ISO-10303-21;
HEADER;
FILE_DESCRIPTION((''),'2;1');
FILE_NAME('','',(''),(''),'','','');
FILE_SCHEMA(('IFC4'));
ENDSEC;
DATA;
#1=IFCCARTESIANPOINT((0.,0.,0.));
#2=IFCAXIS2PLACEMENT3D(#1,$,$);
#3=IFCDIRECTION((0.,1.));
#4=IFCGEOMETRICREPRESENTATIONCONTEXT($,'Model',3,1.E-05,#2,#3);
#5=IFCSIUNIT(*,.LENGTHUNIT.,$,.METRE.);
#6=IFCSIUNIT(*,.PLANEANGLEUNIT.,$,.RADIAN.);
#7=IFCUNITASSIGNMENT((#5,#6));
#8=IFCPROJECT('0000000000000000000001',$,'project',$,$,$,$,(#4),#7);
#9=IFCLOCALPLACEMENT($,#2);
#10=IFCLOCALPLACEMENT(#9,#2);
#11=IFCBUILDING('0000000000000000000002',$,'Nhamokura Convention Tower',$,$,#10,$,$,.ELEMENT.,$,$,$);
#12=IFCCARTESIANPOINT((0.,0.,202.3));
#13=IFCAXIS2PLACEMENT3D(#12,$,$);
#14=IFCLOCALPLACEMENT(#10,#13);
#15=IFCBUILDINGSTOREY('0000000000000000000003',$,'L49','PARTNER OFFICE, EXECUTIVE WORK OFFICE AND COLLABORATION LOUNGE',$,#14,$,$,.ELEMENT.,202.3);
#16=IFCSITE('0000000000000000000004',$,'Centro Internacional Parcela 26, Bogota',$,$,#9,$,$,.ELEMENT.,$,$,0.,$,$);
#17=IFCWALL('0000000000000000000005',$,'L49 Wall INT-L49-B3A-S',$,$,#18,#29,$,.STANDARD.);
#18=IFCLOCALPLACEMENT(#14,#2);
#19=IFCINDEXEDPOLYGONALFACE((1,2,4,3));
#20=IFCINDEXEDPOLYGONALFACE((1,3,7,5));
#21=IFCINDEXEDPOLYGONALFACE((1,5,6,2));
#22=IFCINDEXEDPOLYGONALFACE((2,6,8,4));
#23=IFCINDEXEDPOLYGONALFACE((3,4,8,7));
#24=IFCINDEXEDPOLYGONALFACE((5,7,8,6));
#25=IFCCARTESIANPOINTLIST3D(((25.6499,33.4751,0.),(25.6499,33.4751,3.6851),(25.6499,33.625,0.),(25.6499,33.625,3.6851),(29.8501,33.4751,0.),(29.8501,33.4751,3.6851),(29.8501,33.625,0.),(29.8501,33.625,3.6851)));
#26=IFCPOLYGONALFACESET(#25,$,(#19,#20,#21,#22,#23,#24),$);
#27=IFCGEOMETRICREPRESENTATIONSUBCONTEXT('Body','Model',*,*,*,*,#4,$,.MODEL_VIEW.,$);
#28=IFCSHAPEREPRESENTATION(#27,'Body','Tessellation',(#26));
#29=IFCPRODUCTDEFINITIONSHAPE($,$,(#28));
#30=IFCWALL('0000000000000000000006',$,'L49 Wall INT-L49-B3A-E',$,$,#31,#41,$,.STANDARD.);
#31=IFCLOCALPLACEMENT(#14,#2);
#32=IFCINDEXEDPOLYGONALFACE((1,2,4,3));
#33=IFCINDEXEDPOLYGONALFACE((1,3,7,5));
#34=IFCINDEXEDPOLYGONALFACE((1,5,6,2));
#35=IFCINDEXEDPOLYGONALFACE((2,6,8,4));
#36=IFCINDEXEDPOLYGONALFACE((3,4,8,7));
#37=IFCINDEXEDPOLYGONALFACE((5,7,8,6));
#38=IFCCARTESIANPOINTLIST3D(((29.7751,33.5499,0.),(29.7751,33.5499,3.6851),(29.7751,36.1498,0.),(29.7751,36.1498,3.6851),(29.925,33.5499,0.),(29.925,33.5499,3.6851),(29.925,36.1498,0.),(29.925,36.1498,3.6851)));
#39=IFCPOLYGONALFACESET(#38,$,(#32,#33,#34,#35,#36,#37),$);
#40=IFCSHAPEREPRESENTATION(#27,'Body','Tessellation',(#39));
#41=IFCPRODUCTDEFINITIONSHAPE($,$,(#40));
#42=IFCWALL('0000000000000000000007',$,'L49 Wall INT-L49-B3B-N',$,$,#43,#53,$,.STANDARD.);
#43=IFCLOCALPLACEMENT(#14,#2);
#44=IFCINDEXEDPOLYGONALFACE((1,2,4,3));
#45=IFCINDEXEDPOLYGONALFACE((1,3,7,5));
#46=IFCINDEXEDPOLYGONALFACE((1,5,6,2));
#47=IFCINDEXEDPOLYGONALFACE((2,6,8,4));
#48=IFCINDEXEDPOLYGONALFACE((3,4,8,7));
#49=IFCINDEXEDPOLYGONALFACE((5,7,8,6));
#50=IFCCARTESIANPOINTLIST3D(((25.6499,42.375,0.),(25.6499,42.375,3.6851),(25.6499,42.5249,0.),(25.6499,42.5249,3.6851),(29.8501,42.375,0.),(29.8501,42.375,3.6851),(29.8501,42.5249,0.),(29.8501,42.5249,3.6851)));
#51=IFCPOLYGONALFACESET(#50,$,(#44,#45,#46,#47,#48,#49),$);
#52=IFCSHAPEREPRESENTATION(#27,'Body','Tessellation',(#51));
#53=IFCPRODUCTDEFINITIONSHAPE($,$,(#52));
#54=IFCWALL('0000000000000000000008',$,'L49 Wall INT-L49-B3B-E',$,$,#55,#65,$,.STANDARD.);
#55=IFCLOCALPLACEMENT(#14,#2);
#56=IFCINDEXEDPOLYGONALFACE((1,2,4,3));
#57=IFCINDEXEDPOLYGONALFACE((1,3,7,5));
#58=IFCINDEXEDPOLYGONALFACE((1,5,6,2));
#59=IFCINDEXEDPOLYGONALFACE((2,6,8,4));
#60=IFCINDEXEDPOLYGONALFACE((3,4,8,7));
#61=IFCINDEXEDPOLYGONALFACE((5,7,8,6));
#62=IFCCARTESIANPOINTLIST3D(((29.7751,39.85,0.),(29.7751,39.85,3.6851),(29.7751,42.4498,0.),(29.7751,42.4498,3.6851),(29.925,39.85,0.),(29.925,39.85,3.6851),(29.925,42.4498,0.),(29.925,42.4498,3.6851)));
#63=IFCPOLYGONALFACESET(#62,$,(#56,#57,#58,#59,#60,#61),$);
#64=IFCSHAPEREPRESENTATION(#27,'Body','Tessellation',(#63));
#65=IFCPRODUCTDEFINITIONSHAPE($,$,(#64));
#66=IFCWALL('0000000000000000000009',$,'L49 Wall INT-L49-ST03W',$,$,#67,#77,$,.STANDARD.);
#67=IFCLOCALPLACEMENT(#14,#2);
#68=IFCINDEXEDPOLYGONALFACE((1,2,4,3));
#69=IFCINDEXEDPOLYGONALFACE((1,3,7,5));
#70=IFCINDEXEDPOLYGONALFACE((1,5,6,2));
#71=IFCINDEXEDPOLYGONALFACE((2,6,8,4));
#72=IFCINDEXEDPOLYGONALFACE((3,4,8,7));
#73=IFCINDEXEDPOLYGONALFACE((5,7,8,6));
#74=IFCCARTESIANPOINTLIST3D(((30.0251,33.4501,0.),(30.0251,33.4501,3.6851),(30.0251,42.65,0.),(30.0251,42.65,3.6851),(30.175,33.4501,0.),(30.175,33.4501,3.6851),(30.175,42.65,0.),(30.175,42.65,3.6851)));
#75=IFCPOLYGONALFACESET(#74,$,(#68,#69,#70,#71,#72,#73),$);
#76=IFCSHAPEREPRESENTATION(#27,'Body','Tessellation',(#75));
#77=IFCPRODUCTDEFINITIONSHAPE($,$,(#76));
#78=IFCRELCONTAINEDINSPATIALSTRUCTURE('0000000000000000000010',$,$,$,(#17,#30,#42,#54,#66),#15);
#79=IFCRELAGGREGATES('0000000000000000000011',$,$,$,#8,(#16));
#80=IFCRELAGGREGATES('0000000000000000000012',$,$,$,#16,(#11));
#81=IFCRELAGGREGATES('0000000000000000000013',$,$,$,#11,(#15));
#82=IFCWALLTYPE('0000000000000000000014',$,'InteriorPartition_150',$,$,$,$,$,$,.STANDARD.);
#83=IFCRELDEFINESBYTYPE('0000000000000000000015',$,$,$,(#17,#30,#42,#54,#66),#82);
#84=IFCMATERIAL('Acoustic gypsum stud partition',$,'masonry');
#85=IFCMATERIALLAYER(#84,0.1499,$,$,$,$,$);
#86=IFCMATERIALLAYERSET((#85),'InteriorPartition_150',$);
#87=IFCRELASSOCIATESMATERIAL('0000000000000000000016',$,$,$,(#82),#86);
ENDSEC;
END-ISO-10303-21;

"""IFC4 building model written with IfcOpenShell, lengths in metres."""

from ifc_helpers import new_model, si_unit, direction, frame, frame_2d, origin, place, context, subcontext, project, spatial, rectangle, extrude, material, layer, layer_set, type_object, element, save


model = new_model("IFC4")

# Units and contexts
model_context = context("Model", 3, precision=1e-05, world=origin(), true_north=direction((0.0, 1.0)))
body_context = subcontext(model_context, "Body", "Model", "MODEL_VIEW")
ifc_project = project(units=[si_unit("LENGTHUNIT", "METRE"), si_unit("PLANEANGLEUNIT", "RADIAN")], contexts=[model_context])

# Site, building, storey
site_placement = place(None, origin())
site = spatial("IfcSite", under=ifc_project, at=site_placement, Name="Centro Internacional Parcela 26, Bogota", CompositionType="ELEMENT", RefElevation=0.0)
building_placement = place(site_placement, origin())
building = spatial("IfcBuilding", under=site, at=building_placement, Name="Nhamokura Convention Tower", CompositionType="ELEMENT")
storey_placement = place(building_placement, frame((0.0, 0.0, 202.3)))
storey = spatial("IfcBuildingStorey", under=building, at=storey_placement, Name="L49", Description="PARTNER OFFICE, EXECUTIVE WORK OFFICE AND COLLABORATION LOUNGE", CompositionType="ELEMENT", Elevation=202.3)

# Walls
ifc_material_1 = material(Name="Acoustic gypsum stud partition", Category="masonry")
ifc_layer_1 = layer(ifc_material_1, 0.1499)
ifc_layer_set_1 = layer_set([ifc_layer_1], Name="InteriorPartition_150")
wall_type_1 = type_object("IfcWallType", Name="InteriorPartition_150", PredefinedType="STANDARD", material=ifc_layer_set_1)
wall_1_placement = place(storey_placement, frame((25.6499, 33.55, 0.0), z_axis=(0.0, 0.0, 1.0), x_axis=(1.0, 0.0, 0.0)))
element("IfcWall", 1, at=wall_1_placement, inside=storey, type_object=wall_type_1, Name="L49 Wall INT-L49-B3A-S", PredefinedType="STANDARD", context=body_context, shape_type="SweptSolid", body=[
    extrude(rectangle(XDim=4.2002, YDim=0.1499, at=frame_2d((2.1001, 0.0))), origin(), (0.0, 0.0, 1.0), 3.6851),
])
wall_2_placement = place(storey_placement, frame((29.8501, 33.55, 0.0), z_axis=(0.0, 0.0, 1.0), x_axis=(0.0, 1.0, 0.0)))
element("IfcWall", 2, at=wall_2_placement, inside=storey, type_object=wall_type_1, Name="L49 Wall INT-L49-B3A-E", PredefinedType="STANDARD", context=body_context, shape_type="SweptSolid", body=[
    extrude(rectangle(XDim=2.5999, YDim=0.1499, at=frame_2d((1.2998, 0.0))), origin(), (0.0, 0.0, 1.0), 3.6851),
])
wall_3_placement = place(storey_placement, frame((25.6499, 42.45, 0.0), z_axis=(0.0, 0.0, 1.0), x_axis=(1.0, 0.0, 0.0)))
element("IfcWall", 3, at=wall_3_placement, inside=storey, type_object=wall_type_1, Name="L49 Wall INT-L49-B3B-N", PredefinedType="STANDARD", context=body_context, shape_type="SweptSolid", body=[
    extrude(rectangle(XDim=4.2002, YDim=0.1499, at=frame_2d((2.1001, 0.0))), origin(), (0.0, 0.0, 1.0), 3.6851),
])
wall_4_placement = place(storey_placement, frame((29.8501, 39.8501, 0.0), z_axis=(0.0, 0.0, 1.0), x_axis=(0.0, 1.0, 0.0)))
element("IfcWall", 4, at=wall_4_placement, inside=storey, type_object=wall_type_1, Name="L49 Wall INT-L49-B3B-E", PredefinedType="STANDARD", context=body_context, shape_type="SweptSolid", body=[
    extrude(rectangle(XDim=2.5999, YDim=0.1499, at=frame_2d((1.2998, 0.0))), origin(), (0.0, 0.0, 1.0), 3.6851),
])
wall_5_placement = place(storey_placement, frame((30.1001, 33.45, 0.0), z_axis=(0.0, 0.0, 1.0), x_axis=(0.0, 1.0, 0.0)))
element("IfcWall", 5, at=wall_5_placement, inside=storey, type_object=wall_type_1, Name="L49 Wall INT-L49-ST03W", PredefinedType="STANDARD", context=body_context, shape_type="SweptSolid", body=[
    extrude(rectangle(XDim=9.2, YDim=0.1499, at=frame_2d((4.6001, 0.0))), origin(), (0.0, 0.0, 1.0), 3.6851),
])

save(model, "model.ifc")
